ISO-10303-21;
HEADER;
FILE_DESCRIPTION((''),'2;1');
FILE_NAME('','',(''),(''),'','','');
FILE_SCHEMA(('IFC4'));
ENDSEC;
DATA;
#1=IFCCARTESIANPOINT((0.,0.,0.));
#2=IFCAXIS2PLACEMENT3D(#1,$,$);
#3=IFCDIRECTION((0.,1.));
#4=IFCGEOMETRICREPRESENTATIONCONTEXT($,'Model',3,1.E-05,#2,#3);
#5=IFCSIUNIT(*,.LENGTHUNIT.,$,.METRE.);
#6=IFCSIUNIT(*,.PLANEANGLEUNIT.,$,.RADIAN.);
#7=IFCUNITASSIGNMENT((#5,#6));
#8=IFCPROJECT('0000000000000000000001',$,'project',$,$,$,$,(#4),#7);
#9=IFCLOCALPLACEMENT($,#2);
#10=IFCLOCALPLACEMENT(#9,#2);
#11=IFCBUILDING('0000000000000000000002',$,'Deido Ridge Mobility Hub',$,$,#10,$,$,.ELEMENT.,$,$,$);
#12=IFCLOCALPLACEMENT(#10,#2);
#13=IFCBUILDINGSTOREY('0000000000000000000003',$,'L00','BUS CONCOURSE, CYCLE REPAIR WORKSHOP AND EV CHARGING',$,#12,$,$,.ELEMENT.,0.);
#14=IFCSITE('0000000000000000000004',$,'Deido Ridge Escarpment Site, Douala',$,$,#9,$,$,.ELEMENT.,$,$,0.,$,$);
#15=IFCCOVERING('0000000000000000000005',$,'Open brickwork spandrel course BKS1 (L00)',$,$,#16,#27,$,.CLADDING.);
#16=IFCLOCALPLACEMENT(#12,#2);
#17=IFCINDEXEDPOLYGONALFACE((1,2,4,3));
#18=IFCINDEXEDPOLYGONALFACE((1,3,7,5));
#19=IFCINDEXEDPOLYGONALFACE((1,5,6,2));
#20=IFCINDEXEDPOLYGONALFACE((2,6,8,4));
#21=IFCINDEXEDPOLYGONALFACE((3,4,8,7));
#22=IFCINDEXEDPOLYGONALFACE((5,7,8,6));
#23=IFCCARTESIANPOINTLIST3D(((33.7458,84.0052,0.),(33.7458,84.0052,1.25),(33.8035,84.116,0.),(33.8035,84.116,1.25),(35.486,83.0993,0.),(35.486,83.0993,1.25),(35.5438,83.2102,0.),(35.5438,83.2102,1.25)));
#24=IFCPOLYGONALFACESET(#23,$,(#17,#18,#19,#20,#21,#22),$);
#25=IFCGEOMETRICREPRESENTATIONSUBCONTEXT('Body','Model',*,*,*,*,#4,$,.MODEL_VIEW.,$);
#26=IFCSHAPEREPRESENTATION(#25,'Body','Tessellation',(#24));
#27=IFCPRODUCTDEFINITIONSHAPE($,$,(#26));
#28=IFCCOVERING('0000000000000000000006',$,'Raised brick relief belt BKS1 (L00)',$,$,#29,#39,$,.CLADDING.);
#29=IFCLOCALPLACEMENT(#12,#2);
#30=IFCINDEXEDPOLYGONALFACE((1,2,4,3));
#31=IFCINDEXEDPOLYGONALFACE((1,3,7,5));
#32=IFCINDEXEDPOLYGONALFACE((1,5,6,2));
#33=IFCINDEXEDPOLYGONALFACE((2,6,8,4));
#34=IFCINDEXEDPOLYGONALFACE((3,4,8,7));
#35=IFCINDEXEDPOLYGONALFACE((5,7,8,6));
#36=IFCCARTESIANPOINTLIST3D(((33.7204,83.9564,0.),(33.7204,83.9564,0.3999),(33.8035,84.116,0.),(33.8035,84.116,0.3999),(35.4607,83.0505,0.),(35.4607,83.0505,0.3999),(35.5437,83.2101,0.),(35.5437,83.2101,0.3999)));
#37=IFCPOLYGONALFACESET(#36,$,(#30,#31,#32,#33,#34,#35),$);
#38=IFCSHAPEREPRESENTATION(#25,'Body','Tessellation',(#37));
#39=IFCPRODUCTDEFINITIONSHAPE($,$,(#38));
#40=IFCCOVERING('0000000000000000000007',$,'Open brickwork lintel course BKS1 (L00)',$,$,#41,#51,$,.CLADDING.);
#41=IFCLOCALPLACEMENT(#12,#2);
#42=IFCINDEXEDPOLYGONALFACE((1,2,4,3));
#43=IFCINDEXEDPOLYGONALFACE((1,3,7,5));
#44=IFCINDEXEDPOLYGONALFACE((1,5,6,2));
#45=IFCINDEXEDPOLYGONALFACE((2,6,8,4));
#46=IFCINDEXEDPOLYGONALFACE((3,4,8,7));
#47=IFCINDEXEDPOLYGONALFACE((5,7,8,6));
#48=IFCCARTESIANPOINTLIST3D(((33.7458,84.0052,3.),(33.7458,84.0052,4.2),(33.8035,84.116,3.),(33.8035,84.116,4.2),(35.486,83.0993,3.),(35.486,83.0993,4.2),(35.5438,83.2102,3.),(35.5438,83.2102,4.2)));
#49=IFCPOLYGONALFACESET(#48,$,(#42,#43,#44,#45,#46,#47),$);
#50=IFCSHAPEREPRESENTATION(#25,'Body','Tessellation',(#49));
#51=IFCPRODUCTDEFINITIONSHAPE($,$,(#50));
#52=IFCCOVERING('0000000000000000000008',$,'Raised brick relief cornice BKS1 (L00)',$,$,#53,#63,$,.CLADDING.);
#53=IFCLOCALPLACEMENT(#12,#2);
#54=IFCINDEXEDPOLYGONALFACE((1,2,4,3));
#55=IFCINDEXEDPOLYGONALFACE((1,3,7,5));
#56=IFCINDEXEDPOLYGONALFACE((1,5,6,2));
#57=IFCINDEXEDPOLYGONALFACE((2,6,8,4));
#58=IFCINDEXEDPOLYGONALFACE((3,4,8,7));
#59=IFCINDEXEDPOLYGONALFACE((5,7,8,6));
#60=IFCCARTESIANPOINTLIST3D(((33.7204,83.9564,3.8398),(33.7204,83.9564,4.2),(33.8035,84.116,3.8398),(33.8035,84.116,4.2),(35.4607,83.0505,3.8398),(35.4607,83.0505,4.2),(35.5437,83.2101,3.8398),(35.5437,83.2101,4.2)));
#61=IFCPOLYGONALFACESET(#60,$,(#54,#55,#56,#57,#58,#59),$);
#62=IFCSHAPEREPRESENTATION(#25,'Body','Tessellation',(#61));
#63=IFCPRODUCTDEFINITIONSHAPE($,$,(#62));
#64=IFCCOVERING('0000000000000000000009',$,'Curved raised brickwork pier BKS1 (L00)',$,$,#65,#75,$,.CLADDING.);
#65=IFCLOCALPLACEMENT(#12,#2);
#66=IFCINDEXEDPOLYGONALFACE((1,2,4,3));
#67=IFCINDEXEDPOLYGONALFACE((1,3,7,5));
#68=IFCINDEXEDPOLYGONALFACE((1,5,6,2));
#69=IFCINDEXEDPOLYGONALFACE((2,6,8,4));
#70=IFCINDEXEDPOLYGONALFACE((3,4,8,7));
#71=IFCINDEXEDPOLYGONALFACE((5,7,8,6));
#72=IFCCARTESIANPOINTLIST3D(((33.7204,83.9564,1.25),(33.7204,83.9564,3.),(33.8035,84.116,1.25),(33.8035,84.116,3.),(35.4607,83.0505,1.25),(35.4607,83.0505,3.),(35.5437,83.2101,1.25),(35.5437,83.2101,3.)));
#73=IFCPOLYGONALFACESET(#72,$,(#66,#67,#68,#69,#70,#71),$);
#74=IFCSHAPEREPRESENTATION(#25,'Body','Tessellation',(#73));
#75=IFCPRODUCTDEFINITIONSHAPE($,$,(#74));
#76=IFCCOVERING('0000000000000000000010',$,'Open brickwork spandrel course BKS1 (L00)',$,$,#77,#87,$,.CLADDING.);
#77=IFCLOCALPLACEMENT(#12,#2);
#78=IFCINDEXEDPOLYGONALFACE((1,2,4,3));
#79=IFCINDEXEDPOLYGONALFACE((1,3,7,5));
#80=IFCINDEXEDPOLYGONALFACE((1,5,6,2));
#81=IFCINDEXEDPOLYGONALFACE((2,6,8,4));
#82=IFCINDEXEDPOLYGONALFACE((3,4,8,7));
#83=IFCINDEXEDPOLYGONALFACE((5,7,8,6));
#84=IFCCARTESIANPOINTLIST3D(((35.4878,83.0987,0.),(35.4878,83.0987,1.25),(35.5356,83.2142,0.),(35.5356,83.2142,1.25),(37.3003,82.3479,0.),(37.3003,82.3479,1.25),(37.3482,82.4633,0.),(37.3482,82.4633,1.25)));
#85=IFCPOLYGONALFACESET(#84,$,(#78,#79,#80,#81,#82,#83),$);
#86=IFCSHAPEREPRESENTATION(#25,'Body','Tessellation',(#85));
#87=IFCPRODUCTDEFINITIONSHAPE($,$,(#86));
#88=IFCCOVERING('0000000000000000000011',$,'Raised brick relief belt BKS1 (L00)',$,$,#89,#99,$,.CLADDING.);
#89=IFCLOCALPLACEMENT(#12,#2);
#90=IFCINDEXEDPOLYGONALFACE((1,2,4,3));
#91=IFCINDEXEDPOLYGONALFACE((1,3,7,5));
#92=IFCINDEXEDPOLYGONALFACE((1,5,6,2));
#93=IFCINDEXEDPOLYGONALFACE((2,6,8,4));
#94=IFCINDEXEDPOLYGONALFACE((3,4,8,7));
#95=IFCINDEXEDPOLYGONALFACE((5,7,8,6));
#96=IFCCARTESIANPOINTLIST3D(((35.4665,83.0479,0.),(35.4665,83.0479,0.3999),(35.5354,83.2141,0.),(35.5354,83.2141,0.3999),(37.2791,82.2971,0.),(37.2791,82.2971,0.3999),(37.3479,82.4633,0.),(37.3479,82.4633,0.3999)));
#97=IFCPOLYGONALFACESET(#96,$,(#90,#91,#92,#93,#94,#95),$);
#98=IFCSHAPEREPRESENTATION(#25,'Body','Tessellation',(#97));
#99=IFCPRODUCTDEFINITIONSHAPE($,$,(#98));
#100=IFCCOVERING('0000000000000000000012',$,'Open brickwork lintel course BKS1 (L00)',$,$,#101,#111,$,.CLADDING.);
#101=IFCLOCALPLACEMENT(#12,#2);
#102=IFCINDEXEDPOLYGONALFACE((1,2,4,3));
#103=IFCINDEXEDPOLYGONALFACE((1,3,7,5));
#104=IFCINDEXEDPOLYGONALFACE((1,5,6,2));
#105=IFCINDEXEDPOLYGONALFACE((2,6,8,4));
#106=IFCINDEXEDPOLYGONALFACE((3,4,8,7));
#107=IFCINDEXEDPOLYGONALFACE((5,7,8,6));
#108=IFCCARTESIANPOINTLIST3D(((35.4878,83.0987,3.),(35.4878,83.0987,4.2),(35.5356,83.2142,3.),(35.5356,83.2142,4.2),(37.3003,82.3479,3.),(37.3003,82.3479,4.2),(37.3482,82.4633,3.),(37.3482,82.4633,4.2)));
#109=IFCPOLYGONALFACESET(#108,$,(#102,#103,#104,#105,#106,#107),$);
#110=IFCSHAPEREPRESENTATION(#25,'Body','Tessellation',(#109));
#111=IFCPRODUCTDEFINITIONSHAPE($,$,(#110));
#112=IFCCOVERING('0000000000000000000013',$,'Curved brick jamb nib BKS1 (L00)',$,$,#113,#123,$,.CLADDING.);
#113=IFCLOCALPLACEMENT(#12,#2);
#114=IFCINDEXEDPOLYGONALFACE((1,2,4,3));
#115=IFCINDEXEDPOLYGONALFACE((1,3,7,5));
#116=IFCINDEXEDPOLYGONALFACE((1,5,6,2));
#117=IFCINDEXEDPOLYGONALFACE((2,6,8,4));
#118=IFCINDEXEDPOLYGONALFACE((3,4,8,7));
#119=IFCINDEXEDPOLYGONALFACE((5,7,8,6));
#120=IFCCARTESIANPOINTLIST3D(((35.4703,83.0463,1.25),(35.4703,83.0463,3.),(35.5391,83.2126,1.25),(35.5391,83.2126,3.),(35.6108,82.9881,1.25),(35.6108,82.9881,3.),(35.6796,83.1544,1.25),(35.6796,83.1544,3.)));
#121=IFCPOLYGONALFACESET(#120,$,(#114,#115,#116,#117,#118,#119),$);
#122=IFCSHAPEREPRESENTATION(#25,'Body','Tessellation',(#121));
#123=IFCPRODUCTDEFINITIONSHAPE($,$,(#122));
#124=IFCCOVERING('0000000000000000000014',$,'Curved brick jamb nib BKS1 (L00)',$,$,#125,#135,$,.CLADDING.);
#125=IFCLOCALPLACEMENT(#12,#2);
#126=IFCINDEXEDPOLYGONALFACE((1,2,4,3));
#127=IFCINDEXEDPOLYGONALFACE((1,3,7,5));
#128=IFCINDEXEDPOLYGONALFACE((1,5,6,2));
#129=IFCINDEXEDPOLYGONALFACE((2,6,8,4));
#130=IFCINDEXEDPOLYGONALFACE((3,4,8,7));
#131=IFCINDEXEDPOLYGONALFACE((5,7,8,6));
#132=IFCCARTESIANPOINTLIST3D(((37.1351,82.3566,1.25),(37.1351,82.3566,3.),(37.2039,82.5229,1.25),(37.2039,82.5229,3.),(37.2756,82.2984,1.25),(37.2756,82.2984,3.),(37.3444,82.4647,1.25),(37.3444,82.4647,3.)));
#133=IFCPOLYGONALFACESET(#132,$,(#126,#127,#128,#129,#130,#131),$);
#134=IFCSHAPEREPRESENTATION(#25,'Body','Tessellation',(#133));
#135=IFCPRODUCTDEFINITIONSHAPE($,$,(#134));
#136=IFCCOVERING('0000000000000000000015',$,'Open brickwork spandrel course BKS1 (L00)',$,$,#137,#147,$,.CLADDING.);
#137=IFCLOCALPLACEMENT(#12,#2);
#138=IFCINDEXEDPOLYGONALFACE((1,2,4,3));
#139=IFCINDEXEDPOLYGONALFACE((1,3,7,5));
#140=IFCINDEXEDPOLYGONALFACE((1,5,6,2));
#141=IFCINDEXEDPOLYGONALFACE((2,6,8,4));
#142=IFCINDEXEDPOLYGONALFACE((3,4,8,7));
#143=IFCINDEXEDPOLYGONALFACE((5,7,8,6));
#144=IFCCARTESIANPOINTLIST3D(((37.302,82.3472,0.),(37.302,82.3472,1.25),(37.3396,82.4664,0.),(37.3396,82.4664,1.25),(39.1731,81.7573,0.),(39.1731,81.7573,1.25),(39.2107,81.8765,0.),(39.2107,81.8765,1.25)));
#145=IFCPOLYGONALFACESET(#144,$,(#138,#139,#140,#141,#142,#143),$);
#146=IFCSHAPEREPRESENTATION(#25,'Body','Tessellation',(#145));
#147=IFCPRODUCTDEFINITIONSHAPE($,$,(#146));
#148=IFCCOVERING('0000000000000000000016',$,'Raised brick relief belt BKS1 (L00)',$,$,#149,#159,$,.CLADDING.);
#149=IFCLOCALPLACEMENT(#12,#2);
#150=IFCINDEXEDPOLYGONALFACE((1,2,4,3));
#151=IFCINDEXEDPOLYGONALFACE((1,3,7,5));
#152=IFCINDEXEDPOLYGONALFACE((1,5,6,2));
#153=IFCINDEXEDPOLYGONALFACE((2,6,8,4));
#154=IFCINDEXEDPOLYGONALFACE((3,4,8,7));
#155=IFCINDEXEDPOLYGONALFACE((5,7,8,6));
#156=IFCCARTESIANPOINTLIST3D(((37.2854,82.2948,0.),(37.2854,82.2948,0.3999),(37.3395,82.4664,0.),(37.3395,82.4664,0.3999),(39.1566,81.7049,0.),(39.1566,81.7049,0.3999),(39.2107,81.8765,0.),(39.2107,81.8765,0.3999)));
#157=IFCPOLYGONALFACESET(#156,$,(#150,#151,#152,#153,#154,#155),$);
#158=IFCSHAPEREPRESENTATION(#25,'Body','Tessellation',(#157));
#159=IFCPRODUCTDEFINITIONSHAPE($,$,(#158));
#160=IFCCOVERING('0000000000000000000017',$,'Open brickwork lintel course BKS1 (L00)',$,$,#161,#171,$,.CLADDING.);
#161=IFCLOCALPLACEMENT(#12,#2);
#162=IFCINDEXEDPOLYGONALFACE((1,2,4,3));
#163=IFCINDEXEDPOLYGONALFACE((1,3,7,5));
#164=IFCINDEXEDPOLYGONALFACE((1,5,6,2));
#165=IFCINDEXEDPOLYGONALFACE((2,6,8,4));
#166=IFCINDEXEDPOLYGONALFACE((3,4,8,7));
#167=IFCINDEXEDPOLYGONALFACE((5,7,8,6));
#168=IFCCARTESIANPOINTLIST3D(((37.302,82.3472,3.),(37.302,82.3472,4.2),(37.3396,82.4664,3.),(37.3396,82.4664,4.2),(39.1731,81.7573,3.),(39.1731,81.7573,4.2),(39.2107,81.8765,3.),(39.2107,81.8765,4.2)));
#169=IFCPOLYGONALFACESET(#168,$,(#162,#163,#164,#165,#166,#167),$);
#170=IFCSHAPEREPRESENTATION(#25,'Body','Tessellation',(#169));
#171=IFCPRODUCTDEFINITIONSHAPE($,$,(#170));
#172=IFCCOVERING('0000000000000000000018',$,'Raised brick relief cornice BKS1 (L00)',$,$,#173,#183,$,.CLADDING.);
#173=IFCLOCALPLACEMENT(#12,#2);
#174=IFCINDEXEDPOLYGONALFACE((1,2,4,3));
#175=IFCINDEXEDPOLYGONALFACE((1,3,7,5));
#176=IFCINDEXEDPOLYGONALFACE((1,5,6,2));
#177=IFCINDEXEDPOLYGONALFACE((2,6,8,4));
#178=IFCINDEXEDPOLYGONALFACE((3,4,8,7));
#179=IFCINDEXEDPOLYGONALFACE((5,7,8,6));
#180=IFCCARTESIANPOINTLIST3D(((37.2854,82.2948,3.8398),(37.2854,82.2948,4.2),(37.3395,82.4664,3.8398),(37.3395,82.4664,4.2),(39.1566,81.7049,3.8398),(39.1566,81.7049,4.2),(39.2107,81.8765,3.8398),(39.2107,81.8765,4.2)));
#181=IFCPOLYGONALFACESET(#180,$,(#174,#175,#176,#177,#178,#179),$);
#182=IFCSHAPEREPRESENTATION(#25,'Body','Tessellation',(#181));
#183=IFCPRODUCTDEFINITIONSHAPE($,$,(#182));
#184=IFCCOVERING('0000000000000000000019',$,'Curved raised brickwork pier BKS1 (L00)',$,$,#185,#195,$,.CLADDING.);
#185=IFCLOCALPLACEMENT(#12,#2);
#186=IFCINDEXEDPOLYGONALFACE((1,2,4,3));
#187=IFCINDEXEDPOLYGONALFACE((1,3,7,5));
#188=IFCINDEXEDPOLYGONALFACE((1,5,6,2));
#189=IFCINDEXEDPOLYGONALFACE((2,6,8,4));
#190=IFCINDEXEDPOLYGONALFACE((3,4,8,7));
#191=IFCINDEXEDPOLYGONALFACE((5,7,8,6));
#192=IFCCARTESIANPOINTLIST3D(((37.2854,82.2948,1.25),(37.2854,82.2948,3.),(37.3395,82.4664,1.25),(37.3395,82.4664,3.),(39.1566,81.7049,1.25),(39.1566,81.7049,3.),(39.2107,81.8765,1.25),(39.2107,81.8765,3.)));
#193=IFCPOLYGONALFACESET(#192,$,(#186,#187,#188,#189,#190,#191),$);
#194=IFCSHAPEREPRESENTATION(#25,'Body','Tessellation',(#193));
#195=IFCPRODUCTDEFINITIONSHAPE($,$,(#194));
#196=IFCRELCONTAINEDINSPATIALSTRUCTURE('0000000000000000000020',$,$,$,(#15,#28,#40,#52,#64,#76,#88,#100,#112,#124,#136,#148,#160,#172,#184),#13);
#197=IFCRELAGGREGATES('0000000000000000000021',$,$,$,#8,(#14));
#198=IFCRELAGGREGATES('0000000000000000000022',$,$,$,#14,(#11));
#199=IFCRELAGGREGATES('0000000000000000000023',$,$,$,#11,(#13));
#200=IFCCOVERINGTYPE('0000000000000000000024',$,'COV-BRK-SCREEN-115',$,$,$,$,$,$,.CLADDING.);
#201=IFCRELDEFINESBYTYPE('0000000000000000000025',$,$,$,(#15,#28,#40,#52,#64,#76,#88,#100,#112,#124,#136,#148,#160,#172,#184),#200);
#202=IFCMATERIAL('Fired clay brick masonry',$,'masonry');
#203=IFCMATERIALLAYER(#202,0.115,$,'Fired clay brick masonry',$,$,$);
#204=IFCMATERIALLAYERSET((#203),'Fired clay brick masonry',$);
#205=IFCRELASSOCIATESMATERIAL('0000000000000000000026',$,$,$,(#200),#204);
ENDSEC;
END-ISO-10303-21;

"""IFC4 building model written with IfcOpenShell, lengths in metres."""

from ifc_helpers import new_model, si_unit, direction, frame, origin, origin_2d, place, context, subcontext, project, spatial, rectangle, extrude, material, layer, layer_set, type_object, element, save


model = new_model("IFC4")

# Units and contexts
model_context = context("Model", 3, precision=1e-05, world=origin(), true_north=direction((0.0, 1.0)))
body_context = subcontext(model_context, "Body", "Model", "MODEL_VIEW")
ifc_project = project(units=[si_unit("LENGTHUNIT", "METRE"), si_unit("PLANEANGLEUNIT", "RADIAN")], contexts=[model_context])

# Site, building, storey
site_placement = place(None, origin())
site = spatial("IfcSite", under=ifc_project, at=site_placement, Name="Deido Ridge Escarpment Site, Douala", CompositionType="ELEMENT", RefElevation=0.0)
building_placement = place(site_placement, origin())
building = spatial("IfcBuilding", under=site, at=building_placement, Name="Deido Ridge Mobility Hub", CompositionType="ELEMENT")
storey_placement = place(building_placement, origin())
storey = spatial("IfcBuildingStorey", under=building, at=storey_placement, Name="L00", Description="BUS CONCOURSE, CYCLE REPAIR WORKSHOP AND EV CHARGING", CompositionType="ELEMENT", Elevation=0.0)

# Coverings
ifc_material_1 = material(Name="Fired clay brick masonry", Category="masonry")
ifc_layer_1 = layer(ifc_material_1, 0.115, Name="Fired clay brick masonry")
ifc_layer_set_1 = layer_set([ifc_layer_1], Name="Fired clay brick masonry")
covering_type = type_object("IfcCoveringType", Name="COV-BRK-SCREEN-115", PredefinedType="CLADDING", material=ifc_layer_set_1)
covering_1_placement = place(storey_placement, frame((34.6448, 83.6077, 0.0), z_axis=(0.0, 0.0, 1.0), x_axis=(0.887019, -0.461733, 0.0)))
element("IfcCovering", 1, at=covering_1_placement, inside=storey, type_object=covering_type, Name="Open brickwork spandrel course BKS1 (L00)", PredefinedType="CLADDING", context=body_context, shape_type="SweptSolid", body=[
    extrude(rectangle(XDim=1.9619, YDim=0.125, at=origin_2d()), origin(), (0.0, 0.0, 1.0), 1.25),
])
covering_2_placement = place(storey_placement, frame((34.6321, 83.5833, 0.0), z_axis=(0.0, 0.0, 1.0), x_axis=(0.887019, -0.461733, 0.0)))
element("IfcCovering", 2, at=covering_2_placement, inside=storey, type_object=covering_type, Name="Raised brick relief belt BKS1 (L00)", PredefinedType="CLADDING", context=body_context, shape_type="SweptSolid", body=[
    extrude(rectangle(XDim=1.9619, YDim=0.1799, at=origin_2d()), origin(), (0.0, 0.0, 1.0), 0.3999),
])
covering_3_placement = place(storey_placement, frame((34.6448, 83.6077, 3.0), z_axis=(0.0, 0.0, 1.0), x_axis=(0.887019, -0.461733, 0.0)))
element("IfcCovering", 3, at=covering_3_placement, inside=storey, type_object=covering_type, Name="Open brickwork lintel course BKS1 (L00)", PredefinedType="CLADDING", context=body_context, shape_type="SweptSolid", body=[
    extrude(rectangle(XDim=1.9619, YDim=0.125, at=origin_2d()), origin(), (0.0, 0.0, 1.0), 1.2),
])
covering_4_placement = place(storey_placement, frame((34.6321, 83.5833, 3.8398), z_axis=(0.0, 0.0, 1.0), x_axis=(0.887019, -0.461733, 0.0)))
element("IfcCovering", 4, at=covering_4_placement, inside=storey, type_object=covering_type, Name="Raised brick relief cornice BKS1 (L00)", PredefinedType="CLADDING", context=body_context, shape_type="SweptSolid", body=[
    extrude(rectangle(XDim=1.9619, YDim=0.1799, at=origin_2d()), origin(), (0.0, 0.0, 1.0), 0.3601),
])
covering_5_placement = place(storey_placement, frame((34.6321, 83.5833, 1.25), z_axis=(0.0, 0.0, 1.0), x_axis=(0.887019, -0.461733, 0.0)))
element("IfcCovering", 5, at=covering_5_placement, inside=storey, type_object=covering_type, Name="Curved raised brickwork pier BKS1 (L00)", PredefinedType="CLADDING", context=body_context, shape_type="SweptSolid", body=[
    extrude(rectangle(XDim=1.9619, YDim=0.1799, at=origin_2d()), origin(), (0.0, 0.0, 1.0), 1.75),
])
covering_6_placement = place(storey_placement, frame((36.418, 82.781, 0.0), z_axis=(0.0, 0.0, 1.0), x_axis=(0.923873, -0.3827, 0.0)))
element("IfcCovering", 6, at=covering_6_placement, inside=storey, type_object=covering_type, Name="Open brickwork spandrel course BKS1 (L00)", PredefinedType="CLADDING", context=body_context, shape_type="SweptSolid", body=[
    extrude(rectangle(XDim=1.9619, YDim=0.125, at=origin_2d()), origin(), (0.0, 0.0, 1.0), 1.25),
])
covering_7_placement = place(storey_placement, frame((36.4072, 82.7556, 0.0), z_axis=(0.0, 0.0, 1.0), x_axis=(0.923873, -0.3827, 0.0)))
element("IfcCovering", 7, at=covering_7_placement, inside=storey, type_object=covering_type, Name="Raised brick relief belt BKS1 (L00)", PredefinedType="CLADDING", context=body_context, shape_type="SweptSolid", body=[
    extrude(rectangle(XDim=1.9619, YDim=0.1799, at=origin_2d()), origin(), (0.0, 0.0, 1.0), 0.3999),
])
covering_8_placement = place(storey_placement, frame((36.418, 82.781, 3.0), z_axis=(0.0, 0.0, 1.0), x_axis=(0.923873, -0.3827, 0.0)))
element("IfcCovering", 8, at=covering_8_placement, inside=storey, type_object=covering_type, Name="Open brickwork lintel course BKS1 (L00)", PredefinedType="CLADDING", context=body_context, shape_type="SweptSolid", body=[
    extrude(rectangle(XDim=1.9619, YDim=0.125, at=origin_2d()), origin(), (0.0, 0.0, 1.0), 1.2),
])
for number, where, z_axis, x_axis, name in (
    (9, (35.575, 83.1003, 1.25), (0.0, 0.0, 1.0), (0.923873, -0.3827, 0.0), "Curved brick jamb nib BKS1 (L00)"),
    (10, (37.2397, 82.4106, 1.25), (0.0, 0.0, 1.0), (0.923873, -0.3827, 0.0), "Curved brick jamb nib BKS1 (L00)"),
):
    element("IfcCovering", number, at=place(storey_placement, frame(where, z_axis=z_axis, x_axis=x_axis)), inside=storey, type_object=covering_type, Name=name, PredefinedType="CLADDING", context=body_context, shape_type="SweptSolid", body=[
        extrude(rectangle(XDim=0.1521, YDim=0.1799, at=origin_2d()), origin(), (0.0, 0.0, 1.0), 1.75),
    ])
covering_9_placement = place(storey_placement, frame((38.2563, 82.1118, 0.0), z_axis=(0.0, 0.0, 1.0), x_axis=(0.953727, -0.300673, 0.0)))
element("IfcCovering", 11, at=covering_9_placement, inside=storey, type_object=covering_type, Name="Open brickwork spandrel course BKS1 (L00)", PredefinedType="CLADDING", context=body_context, shape_type="SweptSolid", body=[
    extrude(rectangle(XDim=1.9619, YDim=0.125, at=origin_2d()), origin(), (0.0, 0.0, 1.0), 1.25),
])
covering_10_placement = place(storey_placement, frame((38.248, 82.0857, 0.0), z_axis=(0.0, 0.0, 1.0), x_axis=(0.953727, -0.300673, 0.0)))
element("IfcCovering", 12, at=covering_10_placement, inside=storey, type_object=covering_type, Name="Raised brick relief belt BKS1 (L00)", PredefinedType="CLADDING", context=body_context, shape_type="SweptSolid", body=[
    extrude(rectangle(XDim=1.9619, YDim=0.1799, at=origin_2d()), origin(), (0.0, 0.0, 1.0), 0.3999),
])
covering_11_placement = place(storey_placement, frame((38.2563, 82.1118, 3.0), z_axis=(0.0, 0.0, 1.0), x_axis=(0.953727, -0.300673, 0.0)))
element("IfcCovering", 13, at=covering_11_placement, inside=storey, type_object=covering_type, Name="Open brickwork lintel course BKS1 (L00)", PredefinedType="CLADDING", context=body_context, shape_type="SweptSolid", body=[
    extrude(rectangle(XDim=1.9619, YDim=0.125, at=origin_2d()), origin(), (0.0, 0.0, 1.0), 1.2),
])
covering_12_placement = place(storey_placement, frame((38.248, 82.0857, 3.8398), z_axis=(0.0, 0.0, 1.0), x_axis=(0.953727, -0.300673, 0.0)))
element("IfcCovering", 14, at=covering_12_placement, inside=storey, type_object=covering_type, Name="Raised brick relief cornice BKS1 (L00)", PredefinedType="CLADDING", context=body_context, shape_type="SweptSolid", body=[
    extrude(rectangle(XDim=1.9619, YDim=0.1799, at=origin_2d()), origin(), (0.0, 0.0, 1.0), 0.3601),
])
covering_13_placement = place(storey_placement, frame((38.248, 82.0857, 1.25), z_axis=(0.0, 0.0, 1.0), x_axis=(0.953727, -0.300673, 0.0)))
element("IfcCovering", 15, at=covering_13_placement, inside=storey, type_object=covering_type, Name="Curved raised brickwork pier BKS1 (L00)", PredefinedType="CLADDING", context=body_context, shape_type="SweptSolid", body=[
    extrude(rectangle(XDim=1.9619, YDim=0.1799, at=origin_2d()), origin(), (0.0, 0.0, 1.0), 1.75),
])

save(model, "model.ifc")
